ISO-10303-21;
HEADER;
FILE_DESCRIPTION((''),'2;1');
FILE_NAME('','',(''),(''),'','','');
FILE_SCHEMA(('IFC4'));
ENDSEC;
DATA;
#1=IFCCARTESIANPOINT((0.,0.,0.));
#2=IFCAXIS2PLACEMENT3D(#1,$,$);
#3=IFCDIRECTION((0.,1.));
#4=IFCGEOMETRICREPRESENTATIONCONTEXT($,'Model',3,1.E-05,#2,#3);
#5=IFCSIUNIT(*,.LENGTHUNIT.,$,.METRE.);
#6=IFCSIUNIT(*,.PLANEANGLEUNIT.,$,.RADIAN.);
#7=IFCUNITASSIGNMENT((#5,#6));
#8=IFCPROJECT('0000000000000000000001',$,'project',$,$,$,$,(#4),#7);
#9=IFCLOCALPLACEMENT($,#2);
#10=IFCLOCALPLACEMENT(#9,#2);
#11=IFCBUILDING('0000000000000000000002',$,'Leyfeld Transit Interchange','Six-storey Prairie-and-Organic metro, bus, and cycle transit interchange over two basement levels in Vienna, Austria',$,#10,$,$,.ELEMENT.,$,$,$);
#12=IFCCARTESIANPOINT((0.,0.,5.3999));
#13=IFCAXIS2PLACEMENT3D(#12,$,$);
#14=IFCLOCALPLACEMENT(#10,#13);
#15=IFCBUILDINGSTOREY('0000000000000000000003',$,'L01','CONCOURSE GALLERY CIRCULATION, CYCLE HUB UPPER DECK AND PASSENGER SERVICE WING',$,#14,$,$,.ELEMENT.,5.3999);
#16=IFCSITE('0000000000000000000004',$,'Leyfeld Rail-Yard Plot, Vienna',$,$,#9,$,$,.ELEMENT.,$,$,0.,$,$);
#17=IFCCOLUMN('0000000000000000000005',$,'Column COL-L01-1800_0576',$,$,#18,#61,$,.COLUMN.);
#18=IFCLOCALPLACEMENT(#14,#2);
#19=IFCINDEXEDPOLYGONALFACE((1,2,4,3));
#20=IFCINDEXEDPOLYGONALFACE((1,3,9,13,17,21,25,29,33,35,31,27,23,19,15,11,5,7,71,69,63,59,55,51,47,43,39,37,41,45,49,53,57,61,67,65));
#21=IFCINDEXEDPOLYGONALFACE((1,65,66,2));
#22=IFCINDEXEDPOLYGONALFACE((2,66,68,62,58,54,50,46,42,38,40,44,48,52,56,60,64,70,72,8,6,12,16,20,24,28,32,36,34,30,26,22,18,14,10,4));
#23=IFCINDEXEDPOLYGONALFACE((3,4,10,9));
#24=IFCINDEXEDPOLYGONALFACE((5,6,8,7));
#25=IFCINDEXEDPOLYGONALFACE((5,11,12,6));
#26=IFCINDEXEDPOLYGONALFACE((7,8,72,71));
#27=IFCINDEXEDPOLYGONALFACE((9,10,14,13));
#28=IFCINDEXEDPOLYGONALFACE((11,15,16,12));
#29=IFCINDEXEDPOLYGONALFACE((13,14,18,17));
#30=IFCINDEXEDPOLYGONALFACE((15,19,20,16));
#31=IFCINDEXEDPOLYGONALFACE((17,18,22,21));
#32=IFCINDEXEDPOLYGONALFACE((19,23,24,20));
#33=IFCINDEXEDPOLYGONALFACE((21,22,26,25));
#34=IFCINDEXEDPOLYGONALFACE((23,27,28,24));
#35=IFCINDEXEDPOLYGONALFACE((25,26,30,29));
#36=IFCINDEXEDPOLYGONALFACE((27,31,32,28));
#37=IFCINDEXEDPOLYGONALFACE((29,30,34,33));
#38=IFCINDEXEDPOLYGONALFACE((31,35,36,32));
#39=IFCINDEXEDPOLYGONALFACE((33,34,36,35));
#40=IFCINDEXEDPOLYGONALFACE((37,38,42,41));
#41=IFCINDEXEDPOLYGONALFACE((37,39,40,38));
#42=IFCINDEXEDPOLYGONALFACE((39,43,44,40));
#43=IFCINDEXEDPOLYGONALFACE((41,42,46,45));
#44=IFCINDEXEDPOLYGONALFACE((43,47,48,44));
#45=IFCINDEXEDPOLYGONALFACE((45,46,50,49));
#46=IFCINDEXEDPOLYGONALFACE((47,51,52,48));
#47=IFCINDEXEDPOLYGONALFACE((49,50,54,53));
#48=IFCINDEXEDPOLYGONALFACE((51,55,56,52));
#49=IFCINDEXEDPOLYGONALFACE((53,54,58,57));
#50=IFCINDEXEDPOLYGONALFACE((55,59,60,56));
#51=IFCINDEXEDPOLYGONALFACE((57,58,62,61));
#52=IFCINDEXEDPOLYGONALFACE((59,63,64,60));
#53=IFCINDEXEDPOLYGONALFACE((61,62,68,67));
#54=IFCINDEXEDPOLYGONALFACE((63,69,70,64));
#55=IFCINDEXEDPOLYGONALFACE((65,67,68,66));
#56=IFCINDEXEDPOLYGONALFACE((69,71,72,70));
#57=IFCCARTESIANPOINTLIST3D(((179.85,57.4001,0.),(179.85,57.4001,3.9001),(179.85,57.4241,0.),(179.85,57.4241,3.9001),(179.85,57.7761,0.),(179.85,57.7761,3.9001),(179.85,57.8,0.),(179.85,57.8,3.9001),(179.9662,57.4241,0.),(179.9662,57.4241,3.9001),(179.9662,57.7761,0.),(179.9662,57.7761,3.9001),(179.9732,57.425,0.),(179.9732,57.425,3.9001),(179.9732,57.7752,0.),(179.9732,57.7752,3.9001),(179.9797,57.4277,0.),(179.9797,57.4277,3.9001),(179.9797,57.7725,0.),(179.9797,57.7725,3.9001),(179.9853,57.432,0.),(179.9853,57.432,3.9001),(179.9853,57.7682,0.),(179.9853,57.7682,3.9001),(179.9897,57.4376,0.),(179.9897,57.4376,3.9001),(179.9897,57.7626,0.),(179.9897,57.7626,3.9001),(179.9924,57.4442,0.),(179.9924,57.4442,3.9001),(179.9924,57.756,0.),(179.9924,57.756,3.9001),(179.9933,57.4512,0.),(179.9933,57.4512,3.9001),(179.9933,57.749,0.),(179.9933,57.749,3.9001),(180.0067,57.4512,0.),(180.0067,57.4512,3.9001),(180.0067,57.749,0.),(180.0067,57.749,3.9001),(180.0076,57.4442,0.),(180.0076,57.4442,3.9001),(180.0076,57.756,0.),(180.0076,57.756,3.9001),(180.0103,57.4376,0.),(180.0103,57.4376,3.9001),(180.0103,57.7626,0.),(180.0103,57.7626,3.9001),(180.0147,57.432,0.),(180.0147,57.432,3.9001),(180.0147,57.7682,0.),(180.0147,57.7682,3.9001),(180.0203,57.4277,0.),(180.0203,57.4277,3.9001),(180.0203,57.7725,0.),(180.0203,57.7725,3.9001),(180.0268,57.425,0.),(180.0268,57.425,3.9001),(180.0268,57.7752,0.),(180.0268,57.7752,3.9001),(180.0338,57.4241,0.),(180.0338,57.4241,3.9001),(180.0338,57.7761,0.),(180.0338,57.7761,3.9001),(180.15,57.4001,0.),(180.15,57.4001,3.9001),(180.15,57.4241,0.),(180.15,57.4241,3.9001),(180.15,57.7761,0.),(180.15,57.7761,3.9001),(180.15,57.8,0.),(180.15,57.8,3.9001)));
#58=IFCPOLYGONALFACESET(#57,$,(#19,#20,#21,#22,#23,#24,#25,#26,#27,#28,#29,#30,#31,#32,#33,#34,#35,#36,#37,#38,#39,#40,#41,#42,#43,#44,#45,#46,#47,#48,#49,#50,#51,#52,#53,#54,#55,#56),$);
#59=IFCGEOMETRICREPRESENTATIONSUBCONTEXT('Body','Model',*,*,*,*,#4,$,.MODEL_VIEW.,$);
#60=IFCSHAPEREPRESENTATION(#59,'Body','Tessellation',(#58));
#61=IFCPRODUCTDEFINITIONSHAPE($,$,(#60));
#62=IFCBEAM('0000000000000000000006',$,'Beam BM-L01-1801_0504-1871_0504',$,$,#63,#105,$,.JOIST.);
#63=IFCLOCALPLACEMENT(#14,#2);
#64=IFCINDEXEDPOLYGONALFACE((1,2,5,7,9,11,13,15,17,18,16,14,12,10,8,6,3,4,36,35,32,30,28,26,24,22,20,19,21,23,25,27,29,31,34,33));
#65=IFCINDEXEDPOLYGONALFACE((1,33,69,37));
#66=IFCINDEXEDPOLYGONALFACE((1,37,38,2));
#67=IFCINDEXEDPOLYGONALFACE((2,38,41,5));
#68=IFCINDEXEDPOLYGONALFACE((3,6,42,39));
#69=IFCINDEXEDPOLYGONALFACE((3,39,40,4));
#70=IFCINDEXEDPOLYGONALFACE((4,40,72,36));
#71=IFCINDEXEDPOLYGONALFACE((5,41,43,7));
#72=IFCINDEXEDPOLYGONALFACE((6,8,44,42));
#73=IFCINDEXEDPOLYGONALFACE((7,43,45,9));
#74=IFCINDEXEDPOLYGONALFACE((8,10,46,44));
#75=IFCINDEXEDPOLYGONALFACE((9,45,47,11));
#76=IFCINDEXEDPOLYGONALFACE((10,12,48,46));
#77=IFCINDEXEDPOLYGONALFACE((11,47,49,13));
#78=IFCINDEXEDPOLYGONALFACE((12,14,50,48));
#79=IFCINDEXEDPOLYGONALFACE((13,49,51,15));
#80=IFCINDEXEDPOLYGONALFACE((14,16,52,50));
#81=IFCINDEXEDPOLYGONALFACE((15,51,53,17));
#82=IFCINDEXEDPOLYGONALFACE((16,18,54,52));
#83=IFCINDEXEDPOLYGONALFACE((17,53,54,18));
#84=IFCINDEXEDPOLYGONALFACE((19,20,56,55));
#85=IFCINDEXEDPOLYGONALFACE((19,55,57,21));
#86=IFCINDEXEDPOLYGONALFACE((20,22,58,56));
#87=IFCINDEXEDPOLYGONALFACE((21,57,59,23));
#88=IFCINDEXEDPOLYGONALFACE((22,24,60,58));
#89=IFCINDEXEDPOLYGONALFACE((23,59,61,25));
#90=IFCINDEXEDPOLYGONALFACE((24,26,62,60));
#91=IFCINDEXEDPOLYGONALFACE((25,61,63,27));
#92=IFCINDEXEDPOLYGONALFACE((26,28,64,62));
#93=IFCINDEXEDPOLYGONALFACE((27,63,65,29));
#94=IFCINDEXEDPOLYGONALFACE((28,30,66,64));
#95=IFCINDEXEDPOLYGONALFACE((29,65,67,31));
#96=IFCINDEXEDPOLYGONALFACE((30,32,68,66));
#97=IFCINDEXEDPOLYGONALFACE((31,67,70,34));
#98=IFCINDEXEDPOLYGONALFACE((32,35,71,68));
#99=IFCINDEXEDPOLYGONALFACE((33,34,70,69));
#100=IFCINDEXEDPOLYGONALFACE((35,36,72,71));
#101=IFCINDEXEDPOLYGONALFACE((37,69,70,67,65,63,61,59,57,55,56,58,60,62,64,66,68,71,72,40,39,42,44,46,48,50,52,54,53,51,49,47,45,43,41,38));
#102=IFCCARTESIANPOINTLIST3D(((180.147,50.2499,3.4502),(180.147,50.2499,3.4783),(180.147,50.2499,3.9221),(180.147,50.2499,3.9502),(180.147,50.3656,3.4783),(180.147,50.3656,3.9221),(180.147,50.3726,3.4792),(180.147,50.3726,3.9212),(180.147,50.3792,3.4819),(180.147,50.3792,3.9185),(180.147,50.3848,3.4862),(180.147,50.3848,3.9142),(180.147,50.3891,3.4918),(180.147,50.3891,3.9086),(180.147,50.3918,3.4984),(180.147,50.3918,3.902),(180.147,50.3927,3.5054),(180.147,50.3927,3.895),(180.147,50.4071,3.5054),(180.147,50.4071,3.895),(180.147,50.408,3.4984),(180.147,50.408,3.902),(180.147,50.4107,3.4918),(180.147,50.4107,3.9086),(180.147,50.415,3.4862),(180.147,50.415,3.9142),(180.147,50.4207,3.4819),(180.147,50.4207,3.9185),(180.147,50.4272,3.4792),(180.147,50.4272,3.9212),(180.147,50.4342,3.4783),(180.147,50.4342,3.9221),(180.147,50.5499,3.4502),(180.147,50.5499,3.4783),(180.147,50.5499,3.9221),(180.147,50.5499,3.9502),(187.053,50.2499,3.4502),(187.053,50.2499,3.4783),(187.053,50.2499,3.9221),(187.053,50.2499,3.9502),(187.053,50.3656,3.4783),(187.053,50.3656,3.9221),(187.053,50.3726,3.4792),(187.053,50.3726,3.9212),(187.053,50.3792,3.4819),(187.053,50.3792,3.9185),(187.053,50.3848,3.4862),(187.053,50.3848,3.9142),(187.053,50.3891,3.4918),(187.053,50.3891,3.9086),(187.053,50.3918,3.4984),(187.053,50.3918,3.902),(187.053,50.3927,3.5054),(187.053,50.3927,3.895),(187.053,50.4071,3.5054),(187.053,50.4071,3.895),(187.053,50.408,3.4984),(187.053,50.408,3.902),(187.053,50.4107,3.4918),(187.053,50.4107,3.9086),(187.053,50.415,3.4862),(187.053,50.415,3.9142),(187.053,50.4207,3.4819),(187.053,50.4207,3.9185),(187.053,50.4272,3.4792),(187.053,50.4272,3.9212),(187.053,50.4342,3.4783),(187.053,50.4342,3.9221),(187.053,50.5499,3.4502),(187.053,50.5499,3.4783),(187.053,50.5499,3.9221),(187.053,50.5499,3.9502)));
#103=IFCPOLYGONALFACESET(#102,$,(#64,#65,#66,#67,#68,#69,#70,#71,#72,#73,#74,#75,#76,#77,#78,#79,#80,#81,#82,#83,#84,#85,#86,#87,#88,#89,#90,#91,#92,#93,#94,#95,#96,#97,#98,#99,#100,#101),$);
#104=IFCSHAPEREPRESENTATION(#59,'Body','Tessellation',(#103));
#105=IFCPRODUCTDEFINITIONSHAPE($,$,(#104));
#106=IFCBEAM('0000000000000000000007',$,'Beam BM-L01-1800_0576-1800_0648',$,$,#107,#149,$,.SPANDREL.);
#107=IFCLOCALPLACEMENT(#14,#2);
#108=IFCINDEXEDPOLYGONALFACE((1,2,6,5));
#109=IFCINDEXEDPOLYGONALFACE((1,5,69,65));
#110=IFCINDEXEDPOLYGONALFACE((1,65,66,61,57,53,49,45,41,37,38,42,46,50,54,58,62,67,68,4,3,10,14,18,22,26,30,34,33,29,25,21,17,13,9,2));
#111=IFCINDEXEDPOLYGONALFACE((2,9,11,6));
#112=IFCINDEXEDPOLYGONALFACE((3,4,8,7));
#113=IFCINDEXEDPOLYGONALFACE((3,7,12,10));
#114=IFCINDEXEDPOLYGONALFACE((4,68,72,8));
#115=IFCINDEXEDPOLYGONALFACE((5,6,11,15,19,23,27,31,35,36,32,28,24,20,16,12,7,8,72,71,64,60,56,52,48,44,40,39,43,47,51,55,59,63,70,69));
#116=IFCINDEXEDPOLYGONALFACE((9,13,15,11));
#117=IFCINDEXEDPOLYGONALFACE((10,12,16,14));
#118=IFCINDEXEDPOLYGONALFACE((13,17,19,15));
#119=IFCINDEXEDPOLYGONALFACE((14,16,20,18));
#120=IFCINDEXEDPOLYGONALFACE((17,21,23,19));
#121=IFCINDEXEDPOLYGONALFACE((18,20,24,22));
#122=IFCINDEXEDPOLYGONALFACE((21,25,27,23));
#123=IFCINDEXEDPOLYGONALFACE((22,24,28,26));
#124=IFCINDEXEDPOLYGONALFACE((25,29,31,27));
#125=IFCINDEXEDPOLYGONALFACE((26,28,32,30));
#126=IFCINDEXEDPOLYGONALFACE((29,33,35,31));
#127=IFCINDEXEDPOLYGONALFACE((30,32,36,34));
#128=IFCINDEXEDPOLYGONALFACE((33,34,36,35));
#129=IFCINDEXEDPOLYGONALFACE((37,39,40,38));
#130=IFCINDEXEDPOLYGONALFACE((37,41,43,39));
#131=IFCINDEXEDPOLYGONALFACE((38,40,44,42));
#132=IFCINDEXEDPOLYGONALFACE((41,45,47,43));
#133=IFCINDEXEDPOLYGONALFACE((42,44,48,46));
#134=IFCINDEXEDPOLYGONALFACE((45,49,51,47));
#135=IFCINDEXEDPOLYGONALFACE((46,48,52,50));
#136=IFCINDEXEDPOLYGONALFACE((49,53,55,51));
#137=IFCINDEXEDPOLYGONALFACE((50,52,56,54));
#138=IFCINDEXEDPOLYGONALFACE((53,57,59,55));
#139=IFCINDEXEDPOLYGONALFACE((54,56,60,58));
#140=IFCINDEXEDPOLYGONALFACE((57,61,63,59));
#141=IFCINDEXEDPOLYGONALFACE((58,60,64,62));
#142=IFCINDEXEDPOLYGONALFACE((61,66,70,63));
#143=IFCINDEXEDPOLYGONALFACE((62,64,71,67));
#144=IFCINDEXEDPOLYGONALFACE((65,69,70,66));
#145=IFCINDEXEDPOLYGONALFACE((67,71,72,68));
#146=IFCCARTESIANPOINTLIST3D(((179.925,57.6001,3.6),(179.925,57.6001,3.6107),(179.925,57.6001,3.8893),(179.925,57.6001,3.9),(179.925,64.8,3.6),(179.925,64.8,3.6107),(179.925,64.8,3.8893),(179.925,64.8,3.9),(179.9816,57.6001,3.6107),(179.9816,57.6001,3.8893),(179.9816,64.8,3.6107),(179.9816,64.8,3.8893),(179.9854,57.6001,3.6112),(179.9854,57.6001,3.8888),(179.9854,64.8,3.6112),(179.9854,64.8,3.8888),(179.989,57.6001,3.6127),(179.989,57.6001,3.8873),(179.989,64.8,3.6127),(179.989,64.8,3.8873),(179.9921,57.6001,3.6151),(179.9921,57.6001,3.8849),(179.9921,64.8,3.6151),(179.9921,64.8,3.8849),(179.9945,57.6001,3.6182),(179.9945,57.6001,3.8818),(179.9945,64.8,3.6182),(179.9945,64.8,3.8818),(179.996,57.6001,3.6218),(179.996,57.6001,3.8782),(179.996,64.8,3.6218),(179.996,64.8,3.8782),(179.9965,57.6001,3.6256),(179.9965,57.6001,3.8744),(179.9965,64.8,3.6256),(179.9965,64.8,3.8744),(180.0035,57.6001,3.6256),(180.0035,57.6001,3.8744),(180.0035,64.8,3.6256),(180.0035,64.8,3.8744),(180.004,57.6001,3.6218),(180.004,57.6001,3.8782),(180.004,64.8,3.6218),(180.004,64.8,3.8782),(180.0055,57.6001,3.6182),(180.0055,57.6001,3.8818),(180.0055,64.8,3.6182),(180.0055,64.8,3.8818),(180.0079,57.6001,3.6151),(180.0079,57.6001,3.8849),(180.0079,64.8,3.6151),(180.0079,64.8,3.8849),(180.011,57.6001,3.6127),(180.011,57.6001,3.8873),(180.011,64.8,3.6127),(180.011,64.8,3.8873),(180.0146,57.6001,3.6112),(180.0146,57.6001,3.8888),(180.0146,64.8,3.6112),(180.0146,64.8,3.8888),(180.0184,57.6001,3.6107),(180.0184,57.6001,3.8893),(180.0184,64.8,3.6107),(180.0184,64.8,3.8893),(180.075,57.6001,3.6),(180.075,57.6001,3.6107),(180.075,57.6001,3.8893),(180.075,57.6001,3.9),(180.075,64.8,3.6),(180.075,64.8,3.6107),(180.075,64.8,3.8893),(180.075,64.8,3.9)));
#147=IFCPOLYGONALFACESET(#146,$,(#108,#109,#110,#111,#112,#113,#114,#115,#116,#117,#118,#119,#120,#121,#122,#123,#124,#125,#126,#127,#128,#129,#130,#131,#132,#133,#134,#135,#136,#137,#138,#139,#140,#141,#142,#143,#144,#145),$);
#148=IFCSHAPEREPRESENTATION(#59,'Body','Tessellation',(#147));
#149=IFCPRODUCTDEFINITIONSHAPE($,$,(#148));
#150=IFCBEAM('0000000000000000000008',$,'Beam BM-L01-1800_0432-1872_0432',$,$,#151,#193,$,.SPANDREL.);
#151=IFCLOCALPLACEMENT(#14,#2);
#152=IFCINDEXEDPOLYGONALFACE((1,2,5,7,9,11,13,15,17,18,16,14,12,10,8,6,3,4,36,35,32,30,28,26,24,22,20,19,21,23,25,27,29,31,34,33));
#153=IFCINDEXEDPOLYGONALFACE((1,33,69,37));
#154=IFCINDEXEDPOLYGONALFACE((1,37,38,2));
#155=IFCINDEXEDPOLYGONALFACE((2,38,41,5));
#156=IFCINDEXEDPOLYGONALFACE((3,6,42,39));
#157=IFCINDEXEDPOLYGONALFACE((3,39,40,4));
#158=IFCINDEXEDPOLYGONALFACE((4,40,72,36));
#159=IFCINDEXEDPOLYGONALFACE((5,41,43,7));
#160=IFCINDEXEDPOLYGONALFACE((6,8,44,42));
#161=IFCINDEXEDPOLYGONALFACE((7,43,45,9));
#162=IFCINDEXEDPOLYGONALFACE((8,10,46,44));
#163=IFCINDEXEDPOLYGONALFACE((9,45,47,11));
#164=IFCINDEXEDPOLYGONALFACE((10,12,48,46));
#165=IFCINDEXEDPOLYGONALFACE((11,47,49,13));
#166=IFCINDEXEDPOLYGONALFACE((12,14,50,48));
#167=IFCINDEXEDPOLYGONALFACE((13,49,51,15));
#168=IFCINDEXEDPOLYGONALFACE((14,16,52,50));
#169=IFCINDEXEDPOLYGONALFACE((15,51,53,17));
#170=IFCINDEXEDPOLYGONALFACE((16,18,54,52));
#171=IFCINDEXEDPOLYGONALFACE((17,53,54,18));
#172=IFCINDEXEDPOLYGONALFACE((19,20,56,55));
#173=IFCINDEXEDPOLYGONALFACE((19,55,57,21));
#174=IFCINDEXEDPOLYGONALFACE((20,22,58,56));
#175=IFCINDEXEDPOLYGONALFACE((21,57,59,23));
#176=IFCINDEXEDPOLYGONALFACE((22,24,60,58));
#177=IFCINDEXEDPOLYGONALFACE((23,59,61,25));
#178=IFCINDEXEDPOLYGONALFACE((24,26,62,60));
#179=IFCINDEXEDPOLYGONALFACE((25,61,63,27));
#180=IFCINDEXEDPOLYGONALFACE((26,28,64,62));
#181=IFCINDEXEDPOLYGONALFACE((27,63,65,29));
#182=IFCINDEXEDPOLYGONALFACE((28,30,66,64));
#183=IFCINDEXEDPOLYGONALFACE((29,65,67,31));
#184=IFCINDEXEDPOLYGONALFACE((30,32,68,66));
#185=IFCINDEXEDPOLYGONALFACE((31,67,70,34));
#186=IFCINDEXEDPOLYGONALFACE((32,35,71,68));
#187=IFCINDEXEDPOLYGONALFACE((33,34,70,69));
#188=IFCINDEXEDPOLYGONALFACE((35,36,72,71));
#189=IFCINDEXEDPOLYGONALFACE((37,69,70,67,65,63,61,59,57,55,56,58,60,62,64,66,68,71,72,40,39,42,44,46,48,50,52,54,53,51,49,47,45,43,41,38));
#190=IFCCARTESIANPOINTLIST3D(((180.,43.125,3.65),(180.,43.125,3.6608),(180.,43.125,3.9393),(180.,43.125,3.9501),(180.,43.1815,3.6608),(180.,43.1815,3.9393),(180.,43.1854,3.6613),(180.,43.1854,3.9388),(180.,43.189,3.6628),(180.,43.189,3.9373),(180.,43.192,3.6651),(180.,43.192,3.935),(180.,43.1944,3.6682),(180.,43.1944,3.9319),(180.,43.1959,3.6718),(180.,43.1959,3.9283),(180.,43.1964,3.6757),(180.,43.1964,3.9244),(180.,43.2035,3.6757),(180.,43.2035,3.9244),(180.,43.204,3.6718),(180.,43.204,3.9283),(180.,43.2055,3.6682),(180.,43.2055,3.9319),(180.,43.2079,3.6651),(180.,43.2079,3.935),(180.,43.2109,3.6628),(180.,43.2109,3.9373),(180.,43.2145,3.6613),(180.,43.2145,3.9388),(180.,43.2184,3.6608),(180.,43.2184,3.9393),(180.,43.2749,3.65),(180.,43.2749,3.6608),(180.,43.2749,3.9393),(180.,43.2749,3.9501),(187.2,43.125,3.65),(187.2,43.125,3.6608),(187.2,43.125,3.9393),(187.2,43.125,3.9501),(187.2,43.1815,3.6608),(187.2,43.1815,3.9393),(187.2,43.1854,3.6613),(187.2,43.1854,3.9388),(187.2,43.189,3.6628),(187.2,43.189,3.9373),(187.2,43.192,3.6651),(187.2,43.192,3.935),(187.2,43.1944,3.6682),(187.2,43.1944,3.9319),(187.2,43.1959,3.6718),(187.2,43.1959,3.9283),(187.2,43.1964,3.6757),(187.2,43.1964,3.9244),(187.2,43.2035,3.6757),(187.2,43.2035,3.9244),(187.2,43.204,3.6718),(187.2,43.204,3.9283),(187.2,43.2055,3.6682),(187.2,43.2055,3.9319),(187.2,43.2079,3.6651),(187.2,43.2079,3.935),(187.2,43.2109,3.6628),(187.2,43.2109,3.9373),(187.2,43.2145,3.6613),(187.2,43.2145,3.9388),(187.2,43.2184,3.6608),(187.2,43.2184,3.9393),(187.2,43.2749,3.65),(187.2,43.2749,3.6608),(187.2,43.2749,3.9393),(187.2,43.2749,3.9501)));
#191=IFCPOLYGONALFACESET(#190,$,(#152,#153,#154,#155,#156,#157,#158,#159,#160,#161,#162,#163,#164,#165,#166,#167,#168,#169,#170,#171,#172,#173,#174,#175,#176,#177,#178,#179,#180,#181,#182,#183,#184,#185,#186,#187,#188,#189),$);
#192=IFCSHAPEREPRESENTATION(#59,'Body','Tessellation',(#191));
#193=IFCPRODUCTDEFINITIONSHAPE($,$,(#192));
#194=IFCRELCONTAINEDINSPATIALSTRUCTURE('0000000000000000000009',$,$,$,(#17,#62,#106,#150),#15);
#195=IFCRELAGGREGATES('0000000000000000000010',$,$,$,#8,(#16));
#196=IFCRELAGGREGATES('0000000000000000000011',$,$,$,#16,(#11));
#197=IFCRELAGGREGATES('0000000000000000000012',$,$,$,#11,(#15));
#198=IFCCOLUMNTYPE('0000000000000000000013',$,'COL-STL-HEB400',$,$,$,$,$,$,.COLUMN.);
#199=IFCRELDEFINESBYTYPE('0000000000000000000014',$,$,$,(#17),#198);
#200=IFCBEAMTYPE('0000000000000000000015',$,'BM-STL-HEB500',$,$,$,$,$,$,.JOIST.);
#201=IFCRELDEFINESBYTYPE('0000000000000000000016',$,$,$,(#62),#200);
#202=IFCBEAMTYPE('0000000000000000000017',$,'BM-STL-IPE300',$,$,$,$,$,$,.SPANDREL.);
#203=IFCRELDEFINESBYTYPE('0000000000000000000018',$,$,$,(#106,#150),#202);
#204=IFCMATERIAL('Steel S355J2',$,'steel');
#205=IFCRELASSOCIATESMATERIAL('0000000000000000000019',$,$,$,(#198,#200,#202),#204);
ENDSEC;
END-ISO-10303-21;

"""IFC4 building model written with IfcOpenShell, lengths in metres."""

from ifc_helpers import new_model, si_unit, direction, frame, origin, origin_2d, place, context, subcontext, project, spatial, i_section, extrude, material, material_profile, profile_set, type_object, element, save


model = new_model("IFC4")

# Units and contexts
model_context = context("Model", 3, precision=1e-05, world=origin(), true_north=direction((0.0, 1.0)))
body_context = subcontext(model_context, "Body", "Model", "MODEL_VIEW")
ifc_project = project(units=[si_unit("LENGTHUNIT", "METRE"), si_unit("PLANEANGLEUNIT", "RADIAN")], contexts=[model_context])

# Site, building, storey
site_placement = place(None, origin())
site = spatial("IfcSite", under=ifc_project, at=site_placement, Name="Leyfeld Rail-Yard Plot, Vienna", CompositionType="ELEMENT", RefElevation=0.0)
building_placement = place(site_placement, origin())
building = spatial("IfcBuilding", under=site, at=building_placement, Name="Leyfeld Transit Interchange", Description="Six-storey Prairie-and-Organic metro, bus, and cycle transit interchange over two basement levels in Vienna, Austria", CompositionType="ELEMENT")
storey_placement = place(building_placement, frame((0.0, 0.0, 5.3999)))
storey = spatial("IfcBuildingStorey", under=building, at=storey_placement, Name="L01", Description="CONCOURSE GALLERY CIRCULATION, CYCLE HUB UPPER DECK AND PASSENGER SERVICE WING", CompositionType="ELEMENT", Elevation=5.3999)

# Column
ifc_material_1 = material(Name="Steel S355J2", Category="steel")
ifc_material_profile_1 = material_profile(ifc_material_1, i_section(OverallWidth=0.3, OverallDepth=0.3999, WebThickness=0.0134, FlangeThickness=0.0239, FilletRadius=0.0271, at=origin_2d()), Name="HEB 400")
ifc_profile_set_1 = profile_set([ifc_material_profile_1], Name="Steel S355J2")
column_type = type_object("IfcColumnType", Name="COL-STL-HEB400", PredefinedType="COLUMN", material=ifc_profile_set_1)
column_placement = place(storey_placement, frame((180.0, 57.6001, 0.0), z_axis=(0.0, 0.0, 1.0), x_axis=(1.0, 0.0, 0.0)))
element("IfcColumn", 1, at=column_placement, inside=storey, type_object=column_type, Name="Column COL-L01-1800_0576", PredefinedType="COLUMN", context=body_context, shape_type="SweptSolid", body=[
    extrude(i_section(OverallWidth=0.3, OverallDepth=0.3999, WebThickness=0.0134, FlangeThickness=0.0239, FilletRadius=0.0271, at=origin_2d()), origin(), (0.0, 0.0, 1.0), 3.9001),
])

# Beams
ifc_material_profile_2 = material_profile(ifc_material_1, i_section(OverallWidth=0.3, OverallDepth=0.5, WebThickness=0.0144, FlangeThickness=0.0281, FilletRadius=0.0271, at=origin_2d()), Name="HEB 500")
ifc_profile_set_2 = profile_set([ifc_material_profile_2], Name="Steel S355J2")
beam_type_1 = type_object("IfcBeamType", Name="BM-STL-HEB500", PredefinedType="JOIST", material=ifc_profile_set_2)
beam_1_placement = place(storey_placement, frame((180.147, 50.3999, 3.7002), z_axis=(1.0, 0.0, 0.0), x_axis=(0.0, 1.0, 0.0)))
element("IfcBeam", 2, at=beam_1_placement, inside=storey, type_object=beam_type_1, Name="Beam BM-L01-1801_0504-1871_0504", PredefinedType="JOIST", context=body_context, shape_type="SweptSolid", body=[
    extrude(i_section(OverallWidth=0.3, OverallDepth=0.5, WebThickness=0.0144, FlangeThickness=0.0281, FilletRadius=0.0271, at=origin_2d()), origin(), (0.0, 0.0, 1.0), 6.906),
])
ifc_material_profile_3 = material_profile(ifc_material_1, i_section(OverallWidth=0.1499, OverallDepth=0.3, WebThickness=0.0071, FlangeThickness=0.0107, FilletRadius=0.0149, at=origin_2d()), Name="IPE 300")
ifc_profile_set_3 = profile_set([ifc_material_profile_3], Name="Steel S355J2")
beam_type_2 = type_object("IfcBeamType", Name="BM-STL-IPE300", PredefinedType="SPANDREL", material=ifc_profile_set_3)
for number, where, z_axis, x_axis, name in (
    (3, (180.0, 57.6001, 3.75), (0.0, 1.0, 0.0), (-1.0, 0.0, 0.0), "Beam BM-L01-1800_0576-1800_0648"),
    (4, (180.0, 43.2, 3.8), (1.0, 0.0, 0.0), (0.0, 1.0, 0.0), "Beam BM-L01-1800_0432-1872_0432"),
):
    element("IfcBeam", number, at=place(storey_placement, frame(where, z_axis=z_axis, x_axis=x_axis)), inside=storey, type_object=beam_type_2, Name=name, PredefinedType="SPANDREL", context=body_context, shape_type="SweptSolid", body=[
        extrude(i_section(OverallWidth=0.1499, OverallDepth=0.3, WebThickness=0.0071, FlangeThickness=0.0107, FilletRadius=0.0149, at=origin_2d()), origin(), (0.0, 0.0, 1.0), 7.2),
    ])

save(model, "model.ifc")
